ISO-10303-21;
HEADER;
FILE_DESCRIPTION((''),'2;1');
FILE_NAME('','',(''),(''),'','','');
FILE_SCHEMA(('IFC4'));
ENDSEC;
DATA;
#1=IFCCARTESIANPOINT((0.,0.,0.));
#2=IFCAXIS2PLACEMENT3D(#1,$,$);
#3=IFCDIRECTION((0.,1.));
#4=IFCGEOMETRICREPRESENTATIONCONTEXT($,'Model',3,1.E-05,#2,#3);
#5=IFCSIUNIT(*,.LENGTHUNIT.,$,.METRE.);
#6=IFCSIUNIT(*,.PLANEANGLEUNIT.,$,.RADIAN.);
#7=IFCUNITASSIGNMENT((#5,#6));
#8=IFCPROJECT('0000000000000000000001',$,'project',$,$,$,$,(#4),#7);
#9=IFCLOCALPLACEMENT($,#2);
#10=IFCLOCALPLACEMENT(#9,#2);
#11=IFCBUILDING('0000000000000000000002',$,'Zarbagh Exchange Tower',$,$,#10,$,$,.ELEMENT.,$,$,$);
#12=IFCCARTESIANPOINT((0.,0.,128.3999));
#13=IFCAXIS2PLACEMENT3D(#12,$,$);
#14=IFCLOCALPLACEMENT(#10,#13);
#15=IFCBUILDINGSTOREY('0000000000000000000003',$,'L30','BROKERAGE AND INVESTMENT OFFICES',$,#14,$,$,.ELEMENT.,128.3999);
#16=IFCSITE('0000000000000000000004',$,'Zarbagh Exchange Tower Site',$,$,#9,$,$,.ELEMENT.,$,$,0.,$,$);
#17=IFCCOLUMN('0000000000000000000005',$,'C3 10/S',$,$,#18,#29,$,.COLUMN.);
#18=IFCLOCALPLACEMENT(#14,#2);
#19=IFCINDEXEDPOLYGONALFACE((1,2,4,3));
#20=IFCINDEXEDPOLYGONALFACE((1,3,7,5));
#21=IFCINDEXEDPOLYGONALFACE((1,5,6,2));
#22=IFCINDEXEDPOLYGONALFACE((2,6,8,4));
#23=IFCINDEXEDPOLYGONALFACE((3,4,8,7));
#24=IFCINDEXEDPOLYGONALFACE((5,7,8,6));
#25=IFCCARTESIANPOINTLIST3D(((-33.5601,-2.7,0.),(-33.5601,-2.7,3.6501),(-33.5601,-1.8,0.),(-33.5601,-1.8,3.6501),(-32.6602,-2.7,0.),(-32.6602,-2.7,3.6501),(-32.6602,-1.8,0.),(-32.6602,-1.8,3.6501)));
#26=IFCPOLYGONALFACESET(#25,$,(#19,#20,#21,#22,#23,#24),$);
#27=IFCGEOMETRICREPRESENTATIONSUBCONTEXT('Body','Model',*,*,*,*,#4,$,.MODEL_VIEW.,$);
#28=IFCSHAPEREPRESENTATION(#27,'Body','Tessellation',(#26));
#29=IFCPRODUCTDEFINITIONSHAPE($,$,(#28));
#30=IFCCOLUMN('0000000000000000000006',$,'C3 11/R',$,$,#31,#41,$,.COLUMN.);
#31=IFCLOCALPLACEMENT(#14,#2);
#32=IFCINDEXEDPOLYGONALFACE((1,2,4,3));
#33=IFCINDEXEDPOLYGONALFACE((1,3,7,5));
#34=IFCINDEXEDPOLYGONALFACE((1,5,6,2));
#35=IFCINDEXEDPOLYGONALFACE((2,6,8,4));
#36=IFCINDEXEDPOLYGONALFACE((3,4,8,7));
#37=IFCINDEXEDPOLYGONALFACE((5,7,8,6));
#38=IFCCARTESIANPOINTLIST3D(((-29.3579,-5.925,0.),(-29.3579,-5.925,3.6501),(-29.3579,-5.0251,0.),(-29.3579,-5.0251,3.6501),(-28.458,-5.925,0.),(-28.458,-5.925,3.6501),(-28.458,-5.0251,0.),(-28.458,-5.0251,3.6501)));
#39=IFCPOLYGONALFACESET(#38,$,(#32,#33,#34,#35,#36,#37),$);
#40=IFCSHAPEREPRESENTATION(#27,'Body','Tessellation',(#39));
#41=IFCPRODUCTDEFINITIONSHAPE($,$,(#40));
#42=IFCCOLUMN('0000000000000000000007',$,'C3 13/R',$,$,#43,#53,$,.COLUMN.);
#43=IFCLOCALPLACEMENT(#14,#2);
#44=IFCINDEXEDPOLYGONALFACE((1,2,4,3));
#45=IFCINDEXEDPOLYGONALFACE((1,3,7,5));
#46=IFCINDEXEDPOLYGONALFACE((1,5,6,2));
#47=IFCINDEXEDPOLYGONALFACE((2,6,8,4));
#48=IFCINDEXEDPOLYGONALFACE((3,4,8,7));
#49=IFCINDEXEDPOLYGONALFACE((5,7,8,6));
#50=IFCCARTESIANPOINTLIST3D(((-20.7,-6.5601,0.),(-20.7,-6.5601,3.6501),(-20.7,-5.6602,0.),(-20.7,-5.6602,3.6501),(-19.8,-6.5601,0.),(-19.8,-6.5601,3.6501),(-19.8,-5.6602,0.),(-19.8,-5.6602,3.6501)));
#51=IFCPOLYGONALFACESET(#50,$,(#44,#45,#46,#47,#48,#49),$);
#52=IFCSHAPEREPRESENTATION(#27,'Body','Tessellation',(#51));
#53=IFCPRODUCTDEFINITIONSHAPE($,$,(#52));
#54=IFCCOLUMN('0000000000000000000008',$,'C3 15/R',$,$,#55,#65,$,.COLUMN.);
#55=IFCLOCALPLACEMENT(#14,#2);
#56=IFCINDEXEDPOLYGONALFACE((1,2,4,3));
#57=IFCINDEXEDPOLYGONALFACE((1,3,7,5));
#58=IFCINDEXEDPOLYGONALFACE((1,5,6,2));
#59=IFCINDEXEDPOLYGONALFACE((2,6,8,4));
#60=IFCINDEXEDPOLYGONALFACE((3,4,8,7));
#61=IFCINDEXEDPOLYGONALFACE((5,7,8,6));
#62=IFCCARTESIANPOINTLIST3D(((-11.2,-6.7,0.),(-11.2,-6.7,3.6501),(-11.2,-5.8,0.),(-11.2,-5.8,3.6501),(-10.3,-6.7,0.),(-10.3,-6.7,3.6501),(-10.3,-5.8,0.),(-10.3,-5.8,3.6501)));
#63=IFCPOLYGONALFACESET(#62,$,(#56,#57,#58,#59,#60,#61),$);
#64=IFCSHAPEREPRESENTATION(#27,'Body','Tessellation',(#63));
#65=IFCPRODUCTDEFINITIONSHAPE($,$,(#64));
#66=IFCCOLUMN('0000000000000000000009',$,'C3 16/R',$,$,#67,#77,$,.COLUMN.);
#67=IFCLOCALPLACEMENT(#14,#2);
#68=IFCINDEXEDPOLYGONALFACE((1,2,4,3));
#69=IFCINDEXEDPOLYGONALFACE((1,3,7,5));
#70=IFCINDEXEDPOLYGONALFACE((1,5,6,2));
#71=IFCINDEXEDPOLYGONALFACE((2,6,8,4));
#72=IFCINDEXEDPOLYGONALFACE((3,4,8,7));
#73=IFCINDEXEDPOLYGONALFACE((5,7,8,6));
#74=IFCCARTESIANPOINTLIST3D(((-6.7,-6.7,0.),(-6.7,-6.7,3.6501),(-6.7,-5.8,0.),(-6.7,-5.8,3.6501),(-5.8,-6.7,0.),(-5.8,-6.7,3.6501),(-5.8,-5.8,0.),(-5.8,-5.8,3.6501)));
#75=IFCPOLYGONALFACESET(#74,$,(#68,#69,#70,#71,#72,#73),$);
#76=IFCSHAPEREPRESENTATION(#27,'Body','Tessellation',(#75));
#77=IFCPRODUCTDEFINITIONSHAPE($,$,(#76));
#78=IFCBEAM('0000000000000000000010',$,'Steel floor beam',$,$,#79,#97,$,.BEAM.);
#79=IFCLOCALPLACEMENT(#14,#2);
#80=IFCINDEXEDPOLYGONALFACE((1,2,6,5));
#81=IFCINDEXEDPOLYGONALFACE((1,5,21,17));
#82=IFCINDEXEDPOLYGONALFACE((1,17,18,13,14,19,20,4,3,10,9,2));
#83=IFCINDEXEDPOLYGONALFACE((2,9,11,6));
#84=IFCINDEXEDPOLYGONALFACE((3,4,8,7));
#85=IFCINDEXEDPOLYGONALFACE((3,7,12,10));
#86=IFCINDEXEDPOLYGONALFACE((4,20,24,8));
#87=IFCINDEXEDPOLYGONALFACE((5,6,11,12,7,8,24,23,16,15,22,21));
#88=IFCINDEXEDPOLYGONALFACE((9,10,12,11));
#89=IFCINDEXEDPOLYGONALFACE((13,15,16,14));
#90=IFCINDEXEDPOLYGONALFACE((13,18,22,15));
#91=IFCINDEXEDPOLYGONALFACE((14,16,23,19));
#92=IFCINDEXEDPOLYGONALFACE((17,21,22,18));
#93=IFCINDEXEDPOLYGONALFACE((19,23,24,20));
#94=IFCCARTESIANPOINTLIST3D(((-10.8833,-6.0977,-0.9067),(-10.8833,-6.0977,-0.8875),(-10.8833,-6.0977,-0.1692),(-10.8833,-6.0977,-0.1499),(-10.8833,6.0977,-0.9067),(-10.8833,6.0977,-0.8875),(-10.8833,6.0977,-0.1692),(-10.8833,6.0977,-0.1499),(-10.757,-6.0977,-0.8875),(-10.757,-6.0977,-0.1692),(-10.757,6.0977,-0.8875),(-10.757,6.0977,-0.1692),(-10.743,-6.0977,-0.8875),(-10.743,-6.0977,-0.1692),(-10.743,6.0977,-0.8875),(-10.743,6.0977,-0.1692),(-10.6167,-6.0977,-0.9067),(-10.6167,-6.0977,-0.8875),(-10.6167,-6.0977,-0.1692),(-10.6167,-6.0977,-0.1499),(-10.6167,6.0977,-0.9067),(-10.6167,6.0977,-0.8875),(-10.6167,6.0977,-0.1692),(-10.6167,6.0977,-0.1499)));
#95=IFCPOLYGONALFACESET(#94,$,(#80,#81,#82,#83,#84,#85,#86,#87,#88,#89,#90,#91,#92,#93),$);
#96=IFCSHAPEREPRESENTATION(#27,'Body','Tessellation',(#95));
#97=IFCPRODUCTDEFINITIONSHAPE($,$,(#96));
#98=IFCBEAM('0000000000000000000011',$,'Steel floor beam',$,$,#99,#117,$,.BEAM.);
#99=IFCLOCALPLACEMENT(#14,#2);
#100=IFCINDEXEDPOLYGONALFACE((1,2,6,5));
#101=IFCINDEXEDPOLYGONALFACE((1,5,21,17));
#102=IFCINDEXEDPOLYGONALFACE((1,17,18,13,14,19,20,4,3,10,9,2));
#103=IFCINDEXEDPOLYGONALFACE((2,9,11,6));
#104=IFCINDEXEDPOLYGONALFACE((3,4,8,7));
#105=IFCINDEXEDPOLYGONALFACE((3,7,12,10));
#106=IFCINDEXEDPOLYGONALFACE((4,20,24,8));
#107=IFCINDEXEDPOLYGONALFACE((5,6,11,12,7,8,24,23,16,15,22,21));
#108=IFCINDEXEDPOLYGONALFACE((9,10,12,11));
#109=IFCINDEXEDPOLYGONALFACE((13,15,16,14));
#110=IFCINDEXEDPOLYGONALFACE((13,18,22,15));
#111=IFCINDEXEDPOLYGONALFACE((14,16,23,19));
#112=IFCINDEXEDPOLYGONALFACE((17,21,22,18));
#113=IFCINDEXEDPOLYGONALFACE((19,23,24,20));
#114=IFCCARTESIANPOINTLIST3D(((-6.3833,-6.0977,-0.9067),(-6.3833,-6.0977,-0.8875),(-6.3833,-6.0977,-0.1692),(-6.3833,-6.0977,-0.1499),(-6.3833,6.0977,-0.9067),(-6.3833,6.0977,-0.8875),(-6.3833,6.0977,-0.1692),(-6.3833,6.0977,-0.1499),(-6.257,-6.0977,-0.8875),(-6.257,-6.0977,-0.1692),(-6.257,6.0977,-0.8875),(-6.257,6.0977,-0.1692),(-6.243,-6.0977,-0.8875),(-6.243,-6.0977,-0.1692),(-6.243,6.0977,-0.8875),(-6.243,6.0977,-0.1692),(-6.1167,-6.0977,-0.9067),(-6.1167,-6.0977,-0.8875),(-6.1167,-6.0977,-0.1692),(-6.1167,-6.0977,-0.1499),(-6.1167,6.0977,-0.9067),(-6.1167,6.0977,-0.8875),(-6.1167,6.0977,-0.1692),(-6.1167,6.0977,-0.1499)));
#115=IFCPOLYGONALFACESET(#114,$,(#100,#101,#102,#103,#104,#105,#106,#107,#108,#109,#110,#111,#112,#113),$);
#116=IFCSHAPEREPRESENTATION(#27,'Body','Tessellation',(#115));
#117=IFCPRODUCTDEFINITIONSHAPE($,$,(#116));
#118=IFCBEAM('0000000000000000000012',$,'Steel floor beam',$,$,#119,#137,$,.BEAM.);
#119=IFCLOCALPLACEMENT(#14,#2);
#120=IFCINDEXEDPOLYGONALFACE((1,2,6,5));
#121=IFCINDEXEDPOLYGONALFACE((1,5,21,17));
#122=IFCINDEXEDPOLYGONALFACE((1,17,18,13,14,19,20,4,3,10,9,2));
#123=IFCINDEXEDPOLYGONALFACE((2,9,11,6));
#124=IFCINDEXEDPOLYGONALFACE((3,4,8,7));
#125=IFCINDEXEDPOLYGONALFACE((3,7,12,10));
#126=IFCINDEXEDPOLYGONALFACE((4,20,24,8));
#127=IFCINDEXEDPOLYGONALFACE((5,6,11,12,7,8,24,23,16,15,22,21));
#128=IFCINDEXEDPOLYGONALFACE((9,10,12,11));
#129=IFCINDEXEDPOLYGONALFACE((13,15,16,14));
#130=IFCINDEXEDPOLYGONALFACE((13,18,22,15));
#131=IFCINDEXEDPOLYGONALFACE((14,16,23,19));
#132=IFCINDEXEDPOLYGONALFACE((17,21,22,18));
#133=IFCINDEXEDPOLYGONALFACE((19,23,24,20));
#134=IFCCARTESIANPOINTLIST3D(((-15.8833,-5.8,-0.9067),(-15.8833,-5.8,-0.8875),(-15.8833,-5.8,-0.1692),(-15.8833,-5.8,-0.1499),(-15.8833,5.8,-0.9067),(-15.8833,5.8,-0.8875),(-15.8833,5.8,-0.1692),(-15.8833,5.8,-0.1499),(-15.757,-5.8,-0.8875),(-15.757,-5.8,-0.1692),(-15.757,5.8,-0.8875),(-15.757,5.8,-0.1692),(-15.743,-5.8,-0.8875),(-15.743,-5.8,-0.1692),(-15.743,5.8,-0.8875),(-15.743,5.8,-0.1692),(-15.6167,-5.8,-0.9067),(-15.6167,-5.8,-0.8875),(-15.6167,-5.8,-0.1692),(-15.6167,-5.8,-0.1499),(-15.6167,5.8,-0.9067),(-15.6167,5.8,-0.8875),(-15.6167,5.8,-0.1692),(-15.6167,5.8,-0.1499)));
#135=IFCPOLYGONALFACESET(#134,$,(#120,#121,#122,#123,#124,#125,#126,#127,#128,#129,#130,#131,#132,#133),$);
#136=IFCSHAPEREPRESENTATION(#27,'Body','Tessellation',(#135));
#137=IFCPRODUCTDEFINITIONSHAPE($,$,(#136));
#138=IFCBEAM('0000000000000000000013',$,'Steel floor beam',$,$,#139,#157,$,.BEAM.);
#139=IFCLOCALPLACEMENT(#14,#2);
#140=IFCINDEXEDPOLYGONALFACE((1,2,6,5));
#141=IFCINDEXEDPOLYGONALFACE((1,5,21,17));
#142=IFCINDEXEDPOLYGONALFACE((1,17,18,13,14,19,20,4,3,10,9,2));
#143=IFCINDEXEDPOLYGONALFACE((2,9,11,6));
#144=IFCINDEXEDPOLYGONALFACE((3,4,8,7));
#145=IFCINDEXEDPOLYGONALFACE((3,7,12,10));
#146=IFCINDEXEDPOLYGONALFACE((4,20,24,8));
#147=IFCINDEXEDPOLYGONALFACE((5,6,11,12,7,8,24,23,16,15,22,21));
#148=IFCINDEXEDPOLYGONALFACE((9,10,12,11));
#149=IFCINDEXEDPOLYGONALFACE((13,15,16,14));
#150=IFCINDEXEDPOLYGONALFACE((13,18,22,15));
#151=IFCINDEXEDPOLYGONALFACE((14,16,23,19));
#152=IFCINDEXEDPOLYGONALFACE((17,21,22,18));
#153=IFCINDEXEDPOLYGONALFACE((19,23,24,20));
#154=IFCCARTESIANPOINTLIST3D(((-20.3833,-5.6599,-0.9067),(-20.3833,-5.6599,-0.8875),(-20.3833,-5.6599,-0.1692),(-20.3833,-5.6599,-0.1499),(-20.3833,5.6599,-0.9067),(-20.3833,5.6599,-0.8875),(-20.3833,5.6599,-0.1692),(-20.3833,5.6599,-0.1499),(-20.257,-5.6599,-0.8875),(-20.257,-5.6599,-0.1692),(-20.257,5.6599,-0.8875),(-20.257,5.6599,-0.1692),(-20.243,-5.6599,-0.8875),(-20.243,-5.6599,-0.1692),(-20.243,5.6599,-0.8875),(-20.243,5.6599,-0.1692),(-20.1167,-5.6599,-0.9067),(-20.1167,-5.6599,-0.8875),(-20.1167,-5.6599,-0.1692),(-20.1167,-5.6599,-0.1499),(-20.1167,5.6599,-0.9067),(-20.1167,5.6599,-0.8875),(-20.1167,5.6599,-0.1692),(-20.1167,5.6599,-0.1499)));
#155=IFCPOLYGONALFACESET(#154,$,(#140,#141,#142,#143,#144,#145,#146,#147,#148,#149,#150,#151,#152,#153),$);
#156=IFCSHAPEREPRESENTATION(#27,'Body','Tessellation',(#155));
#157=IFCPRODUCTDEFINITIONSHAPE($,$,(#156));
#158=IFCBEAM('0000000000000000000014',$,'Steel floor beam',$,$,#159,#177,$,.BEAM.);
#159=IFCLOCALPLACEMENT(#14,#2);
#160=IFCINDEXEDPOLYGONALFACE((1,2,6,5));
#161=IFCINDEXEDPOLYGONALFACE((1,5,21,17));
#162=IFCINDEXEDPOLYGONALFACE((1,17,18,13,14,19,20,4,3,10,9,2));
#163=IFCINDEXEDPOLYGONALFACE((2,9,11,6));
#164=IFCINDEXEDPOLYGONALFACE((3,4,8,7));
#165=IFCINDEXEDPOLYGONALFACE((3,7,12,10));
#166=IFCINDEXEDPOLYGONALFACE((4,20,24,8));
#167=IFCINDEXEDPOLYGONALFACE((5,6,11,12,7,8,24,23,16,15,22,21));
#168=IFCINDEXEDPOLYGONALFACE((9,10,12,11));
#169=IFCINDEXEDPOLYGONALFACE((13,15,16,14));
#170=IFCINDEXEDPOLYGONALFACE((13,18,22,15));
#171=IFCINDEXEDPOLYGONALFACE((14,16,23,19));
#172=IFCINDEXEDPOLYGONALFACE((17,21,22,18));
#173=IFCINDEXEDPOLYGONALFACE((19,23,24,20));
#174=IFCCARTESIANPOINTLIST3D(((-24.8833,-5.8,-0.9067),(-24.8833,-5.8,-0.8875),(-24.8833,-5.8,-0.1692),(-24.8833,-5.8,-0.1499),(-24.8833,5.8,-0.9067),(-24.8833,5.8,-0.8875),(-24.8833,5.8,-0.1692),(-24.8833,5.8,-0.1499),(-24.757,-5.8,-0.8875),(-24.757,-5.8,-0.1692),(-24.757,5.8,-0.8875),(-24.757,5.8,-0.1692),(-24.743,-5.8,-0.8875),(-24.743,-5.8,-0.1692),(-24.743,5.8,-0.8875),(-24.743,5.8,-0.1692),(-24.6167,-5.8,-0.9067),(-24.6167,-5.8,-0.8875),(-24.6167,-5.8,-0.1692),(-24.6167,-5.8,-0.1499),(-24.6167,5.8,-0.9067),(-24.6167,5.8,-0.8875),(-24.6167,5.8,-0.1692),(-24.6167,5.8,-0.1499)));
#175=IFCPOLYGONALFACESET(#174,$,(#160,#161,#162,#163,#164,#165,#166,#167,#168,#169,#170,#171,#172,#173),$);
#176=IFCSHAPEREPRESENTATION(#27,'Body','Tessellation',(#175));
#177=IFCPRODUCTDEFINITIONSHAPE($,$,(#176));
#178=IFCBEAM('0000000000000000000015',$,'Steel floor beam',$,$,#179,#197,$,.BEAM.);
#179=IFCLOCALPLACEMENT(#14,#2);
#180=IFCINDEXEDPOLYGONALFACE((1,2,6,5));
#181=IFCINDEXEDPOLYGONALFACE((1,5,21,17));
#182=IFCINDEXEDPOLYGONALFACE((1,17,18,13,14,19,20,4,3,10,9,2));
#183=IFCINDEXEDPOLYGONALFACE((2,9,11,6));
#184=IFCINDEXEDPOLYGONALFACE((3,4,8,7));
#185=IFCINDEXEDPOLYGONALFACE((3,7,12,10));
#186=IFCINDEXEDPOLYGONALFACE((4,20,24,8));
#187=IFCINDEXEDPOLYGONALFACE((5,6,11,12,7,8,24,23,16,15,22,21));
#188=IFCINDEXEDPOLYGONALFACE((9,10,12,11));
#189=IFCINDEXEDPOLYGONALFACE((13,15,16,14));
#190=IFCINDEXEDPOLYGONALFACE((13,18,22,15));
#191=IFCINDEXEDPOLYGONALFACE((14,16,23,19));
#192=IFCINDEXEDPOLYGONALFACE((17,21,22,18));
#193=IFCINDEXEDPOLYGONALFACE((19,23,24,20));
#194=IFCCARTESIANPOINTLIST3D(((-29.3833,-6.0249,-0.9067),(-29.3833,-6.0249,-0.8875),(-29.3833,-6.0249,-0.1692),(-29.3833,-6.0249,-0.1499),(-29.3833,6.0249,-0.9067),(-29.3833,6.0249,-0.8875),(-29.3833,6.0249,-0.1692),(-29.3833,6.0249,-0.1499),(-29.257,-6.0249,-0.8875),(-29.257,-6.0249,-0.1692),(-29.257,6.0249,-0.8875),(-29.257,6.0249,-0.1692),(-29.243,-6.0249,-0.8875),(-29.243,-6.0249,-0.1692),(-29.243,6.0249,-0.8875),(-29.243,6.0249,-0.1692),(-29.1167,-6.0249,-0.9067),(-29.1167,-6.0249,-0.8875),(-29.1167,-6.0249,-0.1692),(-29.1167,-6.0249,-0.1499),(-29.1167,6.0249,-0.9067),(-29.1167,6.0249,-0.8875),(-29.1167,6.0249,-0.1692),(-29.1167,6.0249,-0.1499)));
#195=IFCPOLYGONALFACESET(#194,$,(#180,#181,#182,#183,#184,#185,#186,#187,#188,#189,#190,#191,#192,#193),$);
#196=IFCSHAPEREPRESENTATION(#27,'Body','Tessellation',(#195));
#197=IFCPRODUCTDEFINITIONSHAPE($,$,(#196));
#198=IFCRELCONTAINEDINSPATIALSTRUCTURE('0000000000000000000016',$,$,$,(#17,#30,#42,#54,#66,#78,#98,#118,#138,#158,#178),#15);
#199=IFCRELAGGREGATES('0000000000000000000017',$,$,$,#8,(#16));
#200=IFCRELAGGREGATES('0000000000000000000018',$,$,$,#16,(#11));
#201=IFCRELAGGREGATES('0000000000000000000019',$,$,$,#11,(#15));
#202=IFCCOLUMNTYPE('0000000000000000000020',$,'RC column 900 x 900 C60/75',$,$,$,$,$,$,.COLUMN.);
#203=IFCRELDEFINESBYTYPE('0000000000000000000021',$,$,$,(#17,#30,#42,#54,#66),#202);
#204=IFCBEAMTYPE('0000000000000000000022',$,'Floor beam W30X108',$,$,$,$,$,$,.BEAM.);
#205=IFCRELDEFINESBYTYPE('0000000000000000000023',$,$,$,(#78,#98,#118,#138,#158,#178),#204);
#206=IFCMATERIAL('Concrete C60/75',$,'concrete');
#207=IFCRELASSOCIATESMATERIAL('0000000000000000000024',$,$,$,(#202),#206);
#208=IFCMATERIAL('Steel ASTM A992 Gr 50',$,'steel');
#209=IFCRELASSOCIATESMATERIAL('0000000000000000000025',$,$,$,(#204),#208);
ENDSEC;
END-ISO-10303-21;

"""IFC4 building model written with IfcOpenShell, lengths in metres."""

from ifc_helpers import new_model, si_unit, direction, frame, origin, origin_2d, place, context, subcontext, project, spatial, rectangle, i_section, extrude, material, material_profile, profile_set, type_object, element, save


model = new_model("IFC4")

# Units and contexts
model_context = context("Model", 3, precision=1e-05, world=origin(), true_north=direction((0.0, 1.0)))
body_context = subcontext(model_context, "Body", "Model", "MODEL_VIEW")
ifc_project = project(units=[si_unit("LENGTHUNIT", "METRE"), si_unit("PLANEANGLEUNIT", "RADIAN")], contexts=[model_context])

# Site, building, storey
site_placement = place(None, origin())
site = spatial("IfcSite", under=ifc_project, at=site_placement, Name="Zarbagh Exchange Tower Site", CompositionType="ELEMENT", RefElevation=0.0)
building_placement = place(site_placement, origin())
building = spatial("IfcBuilding", under=site, at=building_placement, Name="Zarbagh Exchange Tower", CompositionType="ELEMENT")
storey_placement = place(building_placement, frame((0.0, 0.0, 128.3999)))
storey = spatial("IfcBuildingStorey", under=building, at=storey_placement, Name="L30", Description="BROKERAGE AND INVESTMENT OFFICES", CompositionType="ELEMENT", Elevation=128.3999)

# Columns
ifc_material_1 = material(Name="Concrete C60/75", Category="concrete")
ifc_material_profile_1 = material_profile(ifc_material_1, rectangle(XDim=0.8999, YDim=0.8999, at=origin_2d()), Name="RC column 900 x 900 C60/75")
ifc_profile_set_1 = profile_set([ifc_material_profile_1], Name="Concrete C60/75")
column_type = type_object("IfcColumnType", Name="RC column 900 x 900 C60/75", PredefinedType="COLUMN", material=ifc_profile_set_1)
for number, where, z_axis, x_axis, name in (
    (1, (-33.1101, -2.25, 0.0), (0.0, 0.0, 1.0), (1.0, 0.0, 0.0), "C3 10/S"),
    (2, (-28.908, -5.4751, 0.0), (0.0, 0.0, 1.0), (1.0, 0.0, 0.0), "C3 11/R"),
    (3, (-20.25, -6.1101, 0.0), (0.0, 0.0, 1.0), (1.0, 0.0, 0.0), "C3 13/R"),
    (4, (-10.75, -6.25, 0.0), (0.0, 0.0, 1.0), (1.0, 0.0, 0.0), "C3 15/R"),
    (5, (-6.25, -6.25, 0.0), (0.0, 0.0, 1.0), (1.0, 0.0, 0.0), "C3 16/R"),
):
    element("IfcColumn", number, at=place(storey_placement, frame(where, z_axis=z_axis, x_axis=x_axis)), inside=storey, type_object=column_type, Name=name, PredefinedType="COLUMN", context=body_context, shape_type="SweptSolid", body=[
        extrude(rectangle(XDim=0.8999, YDim=0.8999, at=origin_2d()), origin(), (0.0, 0.0, 1.0), 3.6501),
    ])

# Beams
ifc_material_2 = material(Name="Steel ASTM A992 Gr 50", Category="steel")
ifc_material_profile_2 = material_profile(ifc_material_2, i_section(OverallWidth=0.2666, OverallDepth=0.7568, WebThickness=0.0139, FlangeThickness=0.0193, at=origin_2d()), Name="W30X108")
ifc_profile_set_2 = profile_set([ifc_material_profile_2], Name="Steel ASTM A992 Gr 50")
beam_type_1 = type_object("IfcBeamType", Name="Floor beam W30X108", PredefinedType="BEAM", material=ifc_profile_set_2)
for number, where, z_axis, x_axis, name in (
    (6, (-10.75, -6.0977, -0.5283), (0.0, 1.0, 0.0), (-1.0, 0.0, 0.0), "Steel floor beam"),
    (7, (-6.25, -6.0977, -0.5283), (0.0, 1.0, 0.0), (-1.0, 0.0, 0.0), "Steel floor beam"),
):
    element("IfcBeam", number, at=place(storey_placement, frame(where, z_axis=z_axis, x_axis=x_axis)), inside=storey, type_object=beam_type_1, Name=name, PredefinedType="BEAM", context=body_context, shape_type="SweptSolid", body=[
        extrude(i_section(OverallWidth=0.2666, OverallDepth=0.7568, WebThickness=0.0139, FlangeThickness=0.0193, at=origin_2d()), origin(), (0.0, 0.0, 1.0), 12.1953),
    ])
beam_1_placement = place(storey_placement, frame((-15.75, -5.8, -0.5283), z_axis=(0.0, 1.0, 0.0), x_axis=(-1.0, 0.0, 0.0)))
element("IfcBeam", 8, at=beam_1_placement, inside=storey, type_object=beam_type_1, Name="Steel floor beam", PredefinedType="BEAM", context=body_context, shape_type="SweptSolid", body=[
    extrude(i_section(OverallWidth=0.2666, OverallDepth=0.7568, WebThickness=0.0139, FlangeThickness=0.0193, at=origin_2d()), origin(), (0.0, 0.0, 1.0), 11.6001),
])
beam_2_placement = place(storey_placement, frame((-20.25, -5.6599, -0.5283), z_axis=(0.0, 1.0, 0.0), x_axis=(-1.0, 0.0, 0.0)))
element("IfcBeam", 9, at=beam_2_placement, inside=storey, type_object=beam_type_1, Name="Steel floor beam", PredefinedType="BEAM", context=body_context, shape_type="SweptSolid", body=[
    extrude(i_section(OverallWidth=0.2666, OverallDepth=0.7568, WebThickness=0.0139, FlangeThickness=0.0193, at=origin_2d()), origin(), (0.0, 0.0, 1.0), 11.3198),
])
beam_3_placement = place(storey_placement, frame((-24.75, -5.8, -0.5283), z_axis=(0.0, 1.0, 0.0), x_axis=(-1.0, 0.0, 0.0)))
element("IfcBeam", 10, at=beam_3_placement, inside=storey, type_object=beam_type_1, Name="Steel floor beam", PredefinedType="BEAM", context=body_context, shape_type="SweptSolid", body=[
    extrude(i_section(OverallWidth=0.2666, OverallDepth=0.7568, WebThickness=0.0139, FlangeThickness=0.0193, at=origin_2d()), origin(), (0.0, 0.0, 1.0), 11.6001),
])
beam_4_placement = place(storey_placement, frame((-29.25, -6.0249, -0.5283), z_axis=(0.0, 1.0, 0.0), x_axis=(-1.0, 0.0, 0.0)))
element("IfcBeam", 11, at=beam_4_placement, inside=storey, type_object=beam_type_1, Name="Steel floor beam", PredefinedType="BEAM", context=body_context, shape_type="SweptSolid", body=[
    extrude(i_section(OverallWidth=0.2666, OverallDepth=0.7568, WebThickness=0.0139, FlangeThickness=0.0193, at=origin_2d()), origin(), (0.0, 0.0, 1.0), 12.0498),
])

save(model, "model.ifc")
